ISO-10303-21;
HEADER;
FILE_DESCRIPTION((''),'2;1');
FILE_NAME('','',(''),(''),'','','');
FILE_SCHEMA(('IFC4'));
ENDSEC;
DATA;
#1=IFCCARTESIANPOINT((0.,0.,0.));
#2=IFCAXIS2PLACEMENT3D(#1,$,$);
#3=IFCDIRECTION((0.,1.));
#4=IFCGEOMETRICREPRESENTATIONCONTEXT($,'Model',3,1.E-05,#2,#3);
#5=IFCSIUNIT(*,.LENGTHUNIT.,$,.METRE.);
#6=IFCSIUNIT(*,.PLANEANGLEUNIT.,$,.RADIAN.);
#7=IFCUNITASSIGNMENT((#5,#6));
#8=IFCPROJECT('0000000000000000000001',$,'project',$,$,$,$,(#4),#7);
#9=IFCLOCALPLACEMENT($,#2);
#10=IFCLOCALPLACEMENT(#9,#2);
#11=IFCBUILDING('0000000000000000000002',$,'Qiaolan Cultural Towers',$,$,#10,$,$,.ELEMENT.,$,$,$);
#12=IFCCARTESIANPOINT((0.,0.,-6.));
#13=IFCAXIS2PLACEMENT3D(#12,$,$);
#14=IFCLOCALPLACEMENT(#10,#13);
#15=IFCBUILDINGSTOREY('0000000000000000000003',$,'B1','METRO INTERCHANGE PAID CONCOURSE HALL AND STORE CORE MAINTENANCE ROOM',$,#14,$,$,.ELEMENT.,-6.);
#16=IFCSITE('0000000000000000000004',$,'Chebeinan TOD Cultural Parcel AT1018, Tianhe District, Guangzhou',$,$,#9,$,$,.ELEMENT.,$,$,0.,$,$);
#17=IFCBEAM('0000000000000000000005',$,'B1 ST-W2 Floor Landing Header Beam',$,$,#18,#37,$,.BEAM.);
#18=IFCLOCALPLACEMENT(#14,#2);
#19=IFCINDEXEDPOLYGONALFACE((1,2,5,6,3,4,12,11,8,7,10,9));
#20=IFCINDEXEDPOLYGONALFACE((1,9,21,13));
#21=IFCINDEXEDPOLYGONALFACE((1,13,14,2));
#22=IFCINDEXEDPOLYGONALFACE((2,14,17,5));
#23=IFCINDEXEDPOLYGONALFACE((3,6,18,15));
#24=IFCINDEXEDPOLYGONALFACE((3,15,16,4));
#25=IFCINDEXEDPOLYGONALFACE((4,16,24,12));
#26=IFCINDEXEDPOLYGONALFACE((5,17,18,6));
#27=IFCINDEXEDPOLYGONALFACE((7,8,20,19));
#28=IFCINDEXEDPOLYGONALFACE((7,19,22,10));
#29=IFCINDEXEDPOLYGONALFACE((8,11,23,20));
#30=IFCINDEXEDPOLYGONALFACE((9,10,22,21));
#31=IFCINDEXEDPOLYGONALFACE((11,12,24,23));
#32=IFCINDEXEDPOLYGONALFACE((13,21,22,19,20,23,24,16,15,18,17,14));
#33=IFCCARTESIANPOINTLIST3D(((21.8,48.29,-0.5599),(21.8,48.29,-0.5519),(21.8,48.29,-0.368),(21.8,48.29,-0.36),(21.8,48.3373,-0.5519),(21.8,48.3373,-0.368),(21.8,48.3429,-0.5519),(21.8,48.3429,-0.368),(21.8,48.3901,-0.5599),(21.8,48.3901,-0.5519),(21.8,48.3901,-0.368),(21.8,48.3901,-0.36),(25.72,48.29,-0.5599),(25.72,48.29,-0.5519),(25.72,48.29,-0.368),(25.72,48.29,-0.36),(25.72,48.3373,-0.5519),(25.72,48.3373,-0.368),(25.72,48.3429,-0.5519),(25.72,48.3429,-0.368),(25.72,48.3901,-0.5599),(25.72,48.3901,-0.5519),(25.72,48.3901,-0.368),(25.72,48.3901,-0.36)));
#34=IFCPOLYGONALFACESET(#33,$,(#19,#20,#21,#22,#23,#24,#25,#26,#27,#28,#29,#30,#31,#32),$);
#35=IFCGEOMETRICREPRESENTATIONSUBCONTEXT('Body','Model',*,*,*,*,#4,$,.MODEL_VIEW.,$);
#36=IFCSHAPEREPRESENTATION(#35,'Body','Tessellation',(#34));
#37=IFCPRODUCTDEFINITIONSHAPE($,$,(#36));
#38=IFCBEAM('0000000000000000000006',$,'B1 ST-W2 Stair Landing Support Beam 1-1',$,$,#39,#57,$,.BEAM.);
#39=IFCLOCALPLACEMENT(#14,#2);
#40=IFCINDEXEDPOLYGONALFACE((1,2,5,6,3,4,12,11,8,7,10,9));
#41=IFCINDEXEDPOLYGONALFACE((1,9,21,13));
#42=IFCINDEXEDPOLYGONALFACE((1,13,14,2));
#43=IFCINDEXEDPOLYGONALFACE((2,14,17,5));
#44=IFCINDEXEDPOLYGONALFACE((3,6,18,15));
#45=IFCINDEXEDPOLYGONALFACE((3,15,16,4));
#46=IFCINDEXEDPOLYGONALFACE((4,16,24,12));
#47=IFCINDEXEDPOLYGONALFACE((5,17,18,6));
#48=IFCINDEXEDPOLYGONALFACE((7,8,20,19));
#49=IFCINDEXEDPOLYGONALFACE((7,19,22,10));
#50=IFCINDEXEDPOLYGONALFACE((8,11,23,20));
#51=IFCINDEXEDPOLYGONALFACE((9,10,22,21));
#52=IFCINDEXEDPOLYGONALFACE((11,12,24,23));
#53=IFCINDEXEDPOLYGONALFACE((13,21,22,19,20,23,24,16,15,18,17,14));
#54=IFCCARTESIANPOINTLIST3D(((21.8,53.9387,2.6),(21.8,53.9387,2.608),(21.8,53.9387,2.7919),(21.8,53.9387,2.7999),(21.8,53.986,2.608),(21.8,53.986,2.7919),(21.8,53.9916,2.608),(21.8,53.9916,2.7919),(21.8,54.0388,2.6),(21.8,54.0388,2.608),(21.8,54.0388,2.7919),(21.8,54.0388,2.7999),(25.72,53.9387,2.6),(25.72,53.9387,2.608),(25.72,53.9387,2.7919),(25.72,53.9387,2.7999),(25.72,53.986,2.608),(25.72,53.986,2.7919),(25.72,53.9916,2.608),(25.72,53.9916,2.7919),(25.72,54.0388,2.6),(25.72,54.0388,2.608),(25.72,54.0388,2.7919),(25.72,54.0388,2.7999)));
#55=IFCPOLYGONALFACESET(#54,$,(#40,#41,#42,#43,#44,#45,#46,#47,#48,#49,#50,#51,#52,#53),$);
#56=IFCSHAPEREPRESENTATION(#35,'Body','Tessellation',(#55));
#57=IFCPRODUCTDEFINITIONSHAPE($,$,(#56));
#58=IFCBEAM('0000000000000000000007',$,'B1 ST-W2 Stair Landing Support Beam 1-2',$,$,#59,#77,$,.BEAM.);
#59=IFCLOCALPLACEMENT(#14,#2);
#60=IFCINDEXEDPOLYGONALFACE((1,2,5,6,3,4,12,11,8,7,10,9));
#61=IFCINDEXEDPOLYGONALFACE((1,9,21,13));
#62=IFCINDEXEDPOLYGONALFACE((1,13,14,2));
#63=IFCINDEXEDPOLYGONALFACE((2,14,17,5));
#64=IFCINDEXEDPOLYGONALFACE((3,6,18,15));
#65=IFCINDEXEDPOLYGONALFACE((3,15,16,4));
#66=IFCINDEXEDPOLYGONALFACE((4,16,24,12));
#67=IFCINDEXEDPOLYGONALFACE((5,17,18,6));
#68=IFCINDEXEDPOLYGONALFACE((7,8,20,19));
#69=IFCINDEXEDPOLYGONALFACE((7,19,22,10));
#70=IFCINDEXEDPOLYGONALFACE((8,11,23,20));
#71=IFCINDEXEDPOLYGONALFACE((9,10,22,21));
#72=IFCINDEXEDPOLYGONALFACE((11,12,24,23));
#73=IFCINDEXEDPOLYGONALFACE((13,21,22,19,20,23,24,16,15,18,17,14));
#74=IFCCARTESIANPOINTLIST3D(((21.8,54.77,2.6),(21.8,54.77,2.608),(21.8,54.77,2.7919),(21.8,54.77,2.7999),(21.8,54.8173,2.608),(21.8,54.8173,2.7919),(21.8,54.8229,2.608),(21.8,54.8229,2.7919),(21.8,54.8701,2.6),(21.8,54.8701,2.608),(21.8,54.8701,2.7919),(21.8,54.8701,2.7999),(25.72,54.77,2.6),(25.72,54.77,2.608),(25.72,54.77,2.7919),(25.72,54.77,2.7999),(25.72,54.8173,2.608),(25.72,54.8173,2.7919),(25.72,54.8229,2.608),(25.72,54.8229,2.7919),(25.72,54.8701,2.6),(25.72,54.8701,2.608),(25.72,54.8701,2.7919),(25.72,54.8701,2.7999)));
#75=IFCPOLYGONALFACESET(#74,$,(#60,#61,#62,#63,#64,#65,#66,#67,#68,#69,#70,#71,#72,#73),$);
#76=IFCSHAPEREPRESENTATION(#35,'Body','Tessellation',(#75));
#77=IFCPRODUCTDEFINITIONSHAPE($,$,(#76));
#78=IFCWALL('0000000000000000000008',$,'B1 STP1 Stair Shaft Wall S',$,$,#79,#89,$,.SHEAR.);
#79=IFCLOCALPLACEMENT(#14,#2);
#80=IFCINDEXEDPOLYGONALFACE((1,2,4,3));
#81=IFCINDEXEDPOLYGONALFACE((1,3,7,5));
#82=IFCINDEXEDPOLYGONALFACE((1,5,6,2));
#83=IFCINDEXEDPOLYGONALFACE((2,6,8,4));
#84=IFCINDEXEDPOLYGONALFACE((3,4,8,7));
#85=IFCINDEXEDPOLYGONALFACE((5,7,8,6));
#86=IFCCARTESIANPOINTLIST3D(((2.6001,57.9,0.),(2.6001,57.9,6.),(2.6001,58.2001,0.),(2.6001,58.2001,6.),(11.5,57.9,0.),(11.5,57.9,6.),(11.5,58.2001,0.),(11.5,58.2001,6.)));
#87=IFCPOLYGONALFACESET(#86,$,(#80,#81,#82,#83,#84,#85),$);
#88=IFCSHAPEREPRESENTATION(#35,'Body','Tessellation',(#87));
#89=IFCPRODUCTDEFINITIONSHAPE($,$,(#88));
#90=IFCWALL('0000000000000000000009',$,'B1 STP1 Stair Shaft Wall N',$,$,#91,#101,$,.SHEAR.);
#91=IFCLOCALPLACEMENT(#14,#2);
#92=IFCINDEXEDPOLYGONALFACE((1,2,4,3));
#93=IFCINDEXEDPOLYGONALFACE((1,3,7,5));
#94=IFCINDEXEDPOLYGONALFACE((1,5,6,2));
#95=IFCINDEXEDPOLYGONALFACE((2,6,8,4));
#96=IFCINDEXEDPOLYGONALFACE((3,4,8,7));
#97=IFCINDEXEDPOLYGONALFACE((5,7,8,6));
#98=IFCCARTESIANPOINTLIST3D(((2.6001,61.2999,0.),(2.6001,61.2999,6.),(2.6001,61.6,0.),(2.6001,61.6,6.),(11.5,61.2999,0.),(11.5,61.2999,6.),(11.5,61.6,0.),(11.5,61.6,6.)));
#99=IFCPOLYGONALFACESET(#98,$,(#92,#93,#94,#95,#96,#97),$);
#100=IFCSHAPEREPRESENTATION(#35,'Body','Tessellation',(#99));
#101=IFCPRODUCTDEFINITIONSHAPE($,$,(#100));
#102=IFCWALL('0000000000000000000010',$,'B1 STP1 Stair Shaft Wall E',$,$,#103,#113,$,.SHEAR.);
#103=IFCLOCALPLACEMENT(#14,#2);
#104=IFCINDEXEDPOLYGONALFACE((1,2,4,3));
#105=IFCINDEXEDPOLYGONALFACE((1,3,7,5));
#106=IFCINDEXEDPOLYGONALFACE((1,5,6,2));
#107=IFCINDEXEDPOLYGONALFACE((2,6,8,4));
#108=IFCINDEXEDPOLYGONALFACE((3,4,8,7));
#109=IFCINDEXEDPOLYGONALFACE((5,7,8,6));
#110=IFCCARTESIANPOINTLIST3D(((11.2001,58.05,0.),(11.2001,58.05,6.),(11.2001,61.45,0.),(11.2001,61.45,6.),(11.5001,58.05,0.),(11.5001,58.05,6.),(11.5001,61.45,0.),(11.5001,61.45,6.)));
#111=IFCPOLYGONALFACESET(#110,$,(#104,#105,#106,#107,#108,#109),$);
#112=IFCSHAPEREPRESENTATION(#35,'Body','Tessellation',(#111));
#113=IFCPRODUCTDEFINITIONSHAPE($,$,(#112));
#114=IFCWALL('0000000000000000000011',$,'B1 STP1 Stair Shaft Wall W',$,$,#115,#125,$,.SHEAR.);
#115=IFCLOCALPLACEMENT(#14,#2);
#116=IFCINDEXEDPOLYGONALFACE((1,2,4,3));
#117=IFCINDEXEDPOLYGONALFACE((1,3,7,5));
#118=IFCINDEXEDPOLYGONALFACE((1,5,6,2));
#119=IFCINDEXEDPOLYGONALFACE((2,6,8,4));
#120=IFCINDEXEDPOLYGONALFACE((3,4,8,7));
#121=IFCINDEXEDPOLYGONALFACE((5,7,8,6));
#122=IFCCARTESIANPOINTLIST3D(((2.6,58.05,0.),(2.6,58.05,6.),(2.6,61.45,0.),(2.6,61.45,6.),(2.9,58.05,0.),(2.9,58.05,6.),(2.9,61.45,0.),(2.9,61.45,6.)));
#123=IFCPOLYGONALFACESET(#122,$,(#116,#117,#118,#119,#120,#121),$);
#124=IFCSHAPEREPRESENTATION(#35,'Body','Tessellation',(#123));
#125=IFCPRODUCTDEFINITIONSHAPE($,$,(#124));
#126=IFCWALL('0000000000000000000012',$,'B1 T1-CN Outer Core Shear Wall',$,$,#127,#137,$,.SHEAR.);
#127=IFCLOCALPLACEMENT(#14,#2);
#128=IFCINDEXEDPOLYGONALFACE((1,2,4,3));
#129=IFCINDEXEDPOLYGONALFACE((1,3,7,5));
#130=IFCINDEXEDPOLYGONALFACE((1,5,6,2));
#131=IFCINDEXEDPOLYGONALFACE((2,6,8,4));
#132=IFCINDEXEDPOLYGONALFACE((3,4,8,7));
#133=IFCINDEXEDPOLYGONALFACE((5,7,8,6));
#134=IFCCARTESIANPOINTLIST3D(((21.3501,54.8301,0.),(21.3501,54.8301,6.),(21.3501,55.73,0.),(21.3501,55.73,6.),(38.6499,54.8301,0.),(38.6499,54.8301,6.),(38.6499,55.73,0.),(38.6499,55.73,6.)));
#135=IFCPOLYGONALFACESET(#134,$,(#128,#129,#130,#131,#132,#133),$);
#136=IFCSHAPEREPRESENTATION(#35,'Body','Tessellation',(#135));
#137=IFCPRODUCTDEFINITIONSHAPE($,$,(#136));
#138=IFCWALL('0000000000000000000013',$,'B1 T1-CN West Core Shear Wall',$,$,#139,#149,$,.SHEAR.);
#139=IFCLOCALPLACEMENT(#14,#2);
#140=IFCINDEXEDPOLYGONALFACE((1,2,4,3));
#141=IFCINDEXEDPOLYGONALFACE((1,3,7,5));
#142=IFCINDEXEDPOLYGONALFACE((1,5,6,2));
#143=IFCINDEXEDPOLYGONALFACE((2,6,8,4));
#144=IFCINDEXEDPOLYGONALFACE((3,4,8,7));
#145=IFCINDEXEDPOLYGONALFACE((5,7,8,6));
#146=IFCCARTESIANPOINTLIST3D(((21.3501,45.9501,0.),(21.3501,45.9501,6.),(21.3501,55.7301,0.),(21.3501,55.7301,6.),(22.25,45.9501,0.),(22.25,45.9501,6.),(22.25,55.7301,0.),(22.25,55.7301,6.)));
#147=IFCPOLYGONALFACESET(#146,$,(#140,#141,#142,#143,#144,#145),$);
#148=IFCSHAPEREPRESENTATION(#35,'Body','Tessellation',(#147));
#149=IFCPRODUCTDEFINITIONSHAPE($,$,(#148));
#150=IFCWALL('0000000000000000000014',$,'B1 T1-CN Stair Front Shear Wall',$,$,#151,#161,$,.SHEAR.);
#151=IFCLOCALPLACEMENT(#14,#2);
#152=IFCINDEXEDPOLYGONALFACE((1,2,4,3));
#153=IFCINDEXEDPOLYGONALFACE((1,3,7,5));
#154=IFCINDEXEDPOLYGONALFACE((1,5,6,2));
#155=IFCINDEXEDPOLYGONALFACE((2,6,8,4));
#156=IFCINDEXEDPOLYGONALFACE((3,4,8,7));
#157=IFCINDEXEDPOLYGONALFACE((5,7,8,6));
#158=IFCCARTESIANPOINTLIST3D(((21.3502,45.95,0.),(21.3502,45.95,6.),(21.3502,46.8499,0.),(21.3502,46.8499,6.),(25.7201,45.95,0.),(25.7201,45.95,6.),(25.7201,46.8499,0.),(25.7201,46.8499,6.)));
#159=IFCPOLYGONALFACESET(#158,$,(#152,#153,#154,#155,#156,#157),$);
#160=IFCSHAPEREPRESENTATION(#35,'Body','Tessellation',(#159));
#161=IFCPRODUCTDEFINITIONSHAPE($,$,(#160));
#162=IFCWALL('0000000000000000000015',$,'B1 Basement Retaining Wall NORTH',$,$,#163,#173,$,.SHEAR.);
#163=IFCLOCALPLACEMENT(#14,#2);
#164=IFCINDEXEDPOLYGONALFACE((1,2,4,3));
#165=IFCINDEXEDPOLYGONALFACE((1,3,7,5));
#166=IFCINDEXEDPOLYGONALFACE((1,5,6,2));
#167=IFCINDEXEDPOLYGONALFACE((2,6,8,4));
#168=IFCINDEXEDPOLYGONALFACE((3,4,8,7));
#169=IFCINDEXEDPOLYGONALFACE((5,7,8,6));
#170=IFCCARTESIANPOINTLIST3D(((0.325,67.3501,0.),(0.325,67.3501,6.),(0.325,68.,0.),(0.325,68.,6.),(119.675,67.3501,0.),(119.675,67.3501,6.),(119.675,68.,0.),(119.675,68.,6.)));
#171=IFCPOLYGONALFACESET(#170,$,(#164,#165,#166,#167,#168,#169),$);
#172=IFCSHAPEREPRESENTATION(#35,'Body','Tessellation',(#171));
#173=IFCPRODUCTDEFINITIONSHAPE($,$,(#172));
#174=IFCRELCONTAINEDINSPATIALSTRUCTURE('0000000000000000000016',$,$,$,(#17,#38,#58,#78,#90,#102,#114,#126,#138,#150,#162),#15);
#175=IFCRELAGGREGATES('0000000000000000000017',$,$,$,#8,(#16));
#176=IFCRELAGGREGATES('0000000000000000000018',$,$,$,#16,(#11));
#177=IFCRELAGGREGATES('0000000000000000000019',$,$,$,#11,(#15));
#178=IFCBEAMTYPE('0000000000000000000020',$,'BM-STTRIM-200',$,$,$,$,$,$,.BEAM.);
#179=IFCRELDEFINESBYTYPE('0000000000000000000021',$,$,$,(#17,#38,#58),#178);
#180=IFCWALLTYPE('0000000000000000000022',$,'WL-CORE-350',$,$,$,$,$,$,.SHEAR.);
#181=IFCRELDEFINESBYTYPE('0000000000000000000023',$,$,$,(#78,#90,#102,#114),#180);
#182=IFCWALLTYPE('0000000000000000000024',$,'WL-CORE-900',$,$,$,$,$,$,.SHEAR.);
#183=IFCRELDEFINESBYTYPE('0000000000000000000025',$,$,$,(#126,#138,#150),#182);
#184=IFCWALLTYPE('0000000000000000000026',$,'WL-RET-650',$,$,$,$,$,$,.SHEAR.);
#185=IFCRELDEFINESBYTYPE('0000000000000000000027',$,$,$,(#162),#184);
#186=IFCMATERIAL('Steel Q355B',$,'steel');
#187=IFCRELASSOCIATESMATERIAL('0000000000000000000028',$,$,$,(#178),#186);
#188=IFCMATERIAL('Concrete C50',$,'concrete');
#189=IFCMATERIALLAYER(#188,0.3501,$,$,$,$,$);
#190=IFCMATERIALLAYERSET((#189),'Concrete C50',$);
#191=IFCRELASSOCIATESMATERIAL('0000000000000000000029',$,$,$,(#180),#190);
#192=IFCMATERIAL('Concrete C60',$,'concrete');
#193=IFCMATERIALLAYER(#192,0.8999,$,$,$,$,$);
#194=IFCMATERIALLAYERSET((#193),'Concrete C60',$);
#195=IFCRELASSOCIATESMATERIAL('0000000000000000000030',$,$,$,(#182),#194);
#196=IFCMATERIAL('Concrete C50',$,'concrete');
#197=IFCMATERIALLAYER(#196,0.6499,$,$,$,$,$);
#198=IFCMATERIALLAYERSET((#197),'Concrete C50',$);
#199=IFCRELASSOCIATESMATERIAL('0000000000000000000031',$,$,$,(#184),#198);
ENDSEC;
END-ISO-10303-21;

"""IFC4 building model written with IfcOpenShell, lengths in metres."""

from ifc_helpers import new_model, si_unit, direction, frame, frame_2d, origin, origin_2d, place, context, subcontext, project, spatial, rectangle, i_section, extrude, material, layer, layer_set, material_profile, profile_set, type_object, element, save


model = new_model("IFC4")

# Units and contexts
model_context = context("Model", 3, precision=1e-05, world=origin(), true_north=direction((0.0, 1.0)))
body_context = subcontext(model_context, "Body", "Model", "MODEL_VIEW")
ifc_project = project(units=[si_unit("LENGTHUNIT", "METRE"), si_unit("PLANEANGLEUNIT", "RADIAN")], contexts=[model_context])

# Site, building, storey
site_placement = place(None, origin())
site = spatial("IfcSite", under=ifc_project, at=site_placement, Name="Chebeinan TOD Cultural Parcel AT1018, Tianhe District, Guangzhou", CompositionType="ELEMENT", RefElevation=0.0)
building_placement = place(site_placement, origin())
building = spatial("IfcBuilding", under=site, at=building_placement, Name="Qiaolan Cultural Towers", CompositionType="ELEMENT")
storey_placement = place(building_placement, frame((0.0, 0.0, -6.0)))
storey = spatial("IfcBuildingStorey", under=building, at=storey_placement, Name="B1", Description="METRO INTERCHANGE PAID CONCOURSE HALL AND STORE CORE MAINTENANCE ROOM", CompositionType="ELEMENT", Elevation=-6.0)

# Beams
ifc_material_1 = material(Name="Steel Q355B", Category="steel")
ifc_material_profile_1 = material_profile(ifc_material_1, i_section(OverallWidth=0.1001, OverallDepth=0.2, WebThickness=0.0056, FlangeThickness=0.0081, at=origin_2d()), Name="HN200x100x5.5x8")
ifc_profile_set_1 = profile_set([ifc_material_profile_1], Name="Steel Q355B")
beam_type_1 = type_object("IfcBeamType", Name="BM-STTRIM-200", PredefinedType="BEAM", material=ifc_profile_set_1)
for number, where, z_axis, x_axis, name in (
    (1, (21.8, 48.3401, -0.46), (1.0, 0.0, 0.0), (0.0, 1.0, 0.0), "B1 ST-W2 Floor Landing Header Beam"),
    (2, (21.8, 53.9888, 2.7), (1.0, 0.0, 0.0), (0.0, 1.0, 0.0), "B1 ST-W2 Stair Landing Support Beam 1-1"),
    (3, (21.8, 54.8201, 2.7), (1.0, 0.0, 0.0), (0.0, 1.0, 0.0), "B1 ST-W2 Stair Landing Support Beam 1-2"),
):
    element("IfcBeam", number, at=place(storey_placement, frame(where, z_axis=z_axis, x_axis=x_axis)), inside=storey, type_object=beam_type_1, Name=name, PredefinedType="BEAM", context=body_context, shape_type="SweptSolid", body=[
        extrude(i_section(OverallWidth=0.1001, OverallDepth=0.2, WebThickness=0.0056, FlangeThickness=0.0081, at=origin_2d()), origin(), (0.0, 0.0, 1.0), 3.9199),
    ])

# Walls
ifc_material_2 = material(Name="Concrete C50", Category="concrete")
ifc_layer_1 = layer(ifc_material_2, 0.3501)
ifc_layer_set_1 = layer_set([ifc_layer_1], Name="Concrete C50")
wall_type_1 = type_object("IfcWallType", Name="WL-CORE-350", PredefinedType="SHEAR", material=ifc_layer_set_1)
for number, where, z_axis, x_axis, name in (
    (4, (2.6001, 58.05, 0.0), (0.0, 0.0, 1.0), (1.0, 0.0, 0.0), "B1 STP1 Stair Shaft Wall S"),
    (5, (2.6001, 61.45, 0.0), (0.0, 0.0, 1.0), (1.0, 0.0, 0.0), "B1 STP1 Stair Shaft Wall N"),
):
    element("IfcWall", number, at=place(storey_placement, frame(where, z_axis=z_axis, x_axis=x_axis)), inside=storey, type_object=wall_type_1, Name=name, PredefinedType="SHEAR", context=body_context, shape_type="SweptSolid", body=[
        extrude(rectangle(XDim=8.8999, YDim=0.3, at=frame_2d((4.45, 0.0))), origin(), (0.0, 0.0, 1.0), 6.0),
    ])
for number, where, z_axis, x_axis, name in (
    (6, (11.3501, 58.05, 0.0), (0.0, 0.0, 1.0), (0.0, 1.0, 0.0), "B1 STP1 Stair Shaft Wall E"),
    (7, (2.75, 58.05, 0.0), (0.0, 0.0, 1.0), (0.0, 1.0, 0.0), "B1 STP1 Stair Shaft Wall W"),
):
    element("IfcWall", number, at=place(storey_placement, frame(where, z_axis=z_axis, x_axis=x_axis)), inside=storey, type_object=wall_type_1, Name=name, PredefinedType="SHEAR", context=body_context, shape_type="SweptSolid", body=[
        extrude(rectangle(XDim=3.3999, YDim=0.3, at=frame_2d((1.7, 0.0))), origin(), (0.0, 0.0, 1.0), 6.0),
    ])
ifc_material_3 = material(Name="Concrete C60", Category="concrete")
ifc_layer_2 = layer(ifc_material_3, 0.8999)
ifc_layer_set_2 = layer_set([ifc_layer_2], Name="Concrete C60")
wall_type_2 = type_object("IfcWallType", Name="WL-CORE-900", PredefinedType="SHEAR", material=ifc_layer_set_2)
wall_1_placement = place(storey_placement, frame((21.3501, 55.28, 0.0), z_axis=(0.0, 0.0, 1.0), x_axis=(1.0, 0.0, 0.0)))
element("IfcWall", 8, at=wall_1_placement, inside=storey, type_object=wall_type_2, Name="B1 T1-CN Outer Core Shear Wall", PredefinedType="SHEAR", context=body_context, shape_type="SweptSolid", body=[
    extrude(rectangle(XDim=17.2998, YDim=0.8999, at=frame_2d((8.6499, 0.0))), origin(), (0.0, 0.0, 1.0), 6.0),
])
wall_2_placement = place(storey_placement, frame((21.8, 45.95, 0.0), z_axis=(0.0, 0.0, 1.0), x_axis=(0.0, 1.0, 0.0)))
element("IfcWall", 9, at=wall_2_placement, inside=storey, type_object=wall_type_2, Name="B1 T1-CN West Core Shear Wall", PredefinedType="SHEAR", context=body_context, shape_type="SweptSolid", body=[
    extrude(rectangle(XDim=9.78, YDim=0.8999, at=frame_2d((4.8901, 0.0))), origin(), (0.0, 0.0, 1.0), 6.0),
])
wall_3_placement = place(storey_placement, frame((21.3501, 46.3999, 0.0), z_axis=(0.0, 0.0, 1.0), x_axis=(1.0, 0.0, 0.0)))
element("IfcWall", 10, at=wall_3_placement, inside=storey, type_object=wall_type_2, Name="B1 T1-CN Stair Front Shear Wall", PredefinedType="SHEAR", context=body_context, shape_type="SweptSolid", body=[
    extrude(rectangle(XDim=4.3699, YDim=0.8999, at=frame_2d((2.1851, 0.0))), origin(), (0.0, 0.0, 1.0), 6.0),
])
ifc_material_4 = material(Name="Concrete C50", Category="concrete")
ifc_layer_3 = layer(ifc_material_4, 0.6499)
ifc_layer_set_3 = layer_set([ifc_layer_3], Name="Concrete C50")
wall_type_3 = type_object("IfcWallType", Name="WL-RET-650", PredefinedType="SHEAR", material=ifc_layer_set_3)
wall_4_placement = place(storey_placement, frame((0.325, 67.675, 0.0), z_axis=(0.0, 0.0, 1.0), x_axis=(1.0, 0.0, 0.0)))
element("IfcWall", 11, at=wall_4_placement, inside=storey, type_object=wall_type_3, Name="B1 Basement Retaining Wall NORTH", PredefinedType="SHEAR", context=body_context, shape_type="SweptSolid", body=[
    extrude(rectangle(XDim=119.3501, YDim=0.6499, at=frame_2d((59.675, 0.0))), origin(), (0.0, 0.0, 1.0), 6.0),
])

save(model, "model.ifc")
